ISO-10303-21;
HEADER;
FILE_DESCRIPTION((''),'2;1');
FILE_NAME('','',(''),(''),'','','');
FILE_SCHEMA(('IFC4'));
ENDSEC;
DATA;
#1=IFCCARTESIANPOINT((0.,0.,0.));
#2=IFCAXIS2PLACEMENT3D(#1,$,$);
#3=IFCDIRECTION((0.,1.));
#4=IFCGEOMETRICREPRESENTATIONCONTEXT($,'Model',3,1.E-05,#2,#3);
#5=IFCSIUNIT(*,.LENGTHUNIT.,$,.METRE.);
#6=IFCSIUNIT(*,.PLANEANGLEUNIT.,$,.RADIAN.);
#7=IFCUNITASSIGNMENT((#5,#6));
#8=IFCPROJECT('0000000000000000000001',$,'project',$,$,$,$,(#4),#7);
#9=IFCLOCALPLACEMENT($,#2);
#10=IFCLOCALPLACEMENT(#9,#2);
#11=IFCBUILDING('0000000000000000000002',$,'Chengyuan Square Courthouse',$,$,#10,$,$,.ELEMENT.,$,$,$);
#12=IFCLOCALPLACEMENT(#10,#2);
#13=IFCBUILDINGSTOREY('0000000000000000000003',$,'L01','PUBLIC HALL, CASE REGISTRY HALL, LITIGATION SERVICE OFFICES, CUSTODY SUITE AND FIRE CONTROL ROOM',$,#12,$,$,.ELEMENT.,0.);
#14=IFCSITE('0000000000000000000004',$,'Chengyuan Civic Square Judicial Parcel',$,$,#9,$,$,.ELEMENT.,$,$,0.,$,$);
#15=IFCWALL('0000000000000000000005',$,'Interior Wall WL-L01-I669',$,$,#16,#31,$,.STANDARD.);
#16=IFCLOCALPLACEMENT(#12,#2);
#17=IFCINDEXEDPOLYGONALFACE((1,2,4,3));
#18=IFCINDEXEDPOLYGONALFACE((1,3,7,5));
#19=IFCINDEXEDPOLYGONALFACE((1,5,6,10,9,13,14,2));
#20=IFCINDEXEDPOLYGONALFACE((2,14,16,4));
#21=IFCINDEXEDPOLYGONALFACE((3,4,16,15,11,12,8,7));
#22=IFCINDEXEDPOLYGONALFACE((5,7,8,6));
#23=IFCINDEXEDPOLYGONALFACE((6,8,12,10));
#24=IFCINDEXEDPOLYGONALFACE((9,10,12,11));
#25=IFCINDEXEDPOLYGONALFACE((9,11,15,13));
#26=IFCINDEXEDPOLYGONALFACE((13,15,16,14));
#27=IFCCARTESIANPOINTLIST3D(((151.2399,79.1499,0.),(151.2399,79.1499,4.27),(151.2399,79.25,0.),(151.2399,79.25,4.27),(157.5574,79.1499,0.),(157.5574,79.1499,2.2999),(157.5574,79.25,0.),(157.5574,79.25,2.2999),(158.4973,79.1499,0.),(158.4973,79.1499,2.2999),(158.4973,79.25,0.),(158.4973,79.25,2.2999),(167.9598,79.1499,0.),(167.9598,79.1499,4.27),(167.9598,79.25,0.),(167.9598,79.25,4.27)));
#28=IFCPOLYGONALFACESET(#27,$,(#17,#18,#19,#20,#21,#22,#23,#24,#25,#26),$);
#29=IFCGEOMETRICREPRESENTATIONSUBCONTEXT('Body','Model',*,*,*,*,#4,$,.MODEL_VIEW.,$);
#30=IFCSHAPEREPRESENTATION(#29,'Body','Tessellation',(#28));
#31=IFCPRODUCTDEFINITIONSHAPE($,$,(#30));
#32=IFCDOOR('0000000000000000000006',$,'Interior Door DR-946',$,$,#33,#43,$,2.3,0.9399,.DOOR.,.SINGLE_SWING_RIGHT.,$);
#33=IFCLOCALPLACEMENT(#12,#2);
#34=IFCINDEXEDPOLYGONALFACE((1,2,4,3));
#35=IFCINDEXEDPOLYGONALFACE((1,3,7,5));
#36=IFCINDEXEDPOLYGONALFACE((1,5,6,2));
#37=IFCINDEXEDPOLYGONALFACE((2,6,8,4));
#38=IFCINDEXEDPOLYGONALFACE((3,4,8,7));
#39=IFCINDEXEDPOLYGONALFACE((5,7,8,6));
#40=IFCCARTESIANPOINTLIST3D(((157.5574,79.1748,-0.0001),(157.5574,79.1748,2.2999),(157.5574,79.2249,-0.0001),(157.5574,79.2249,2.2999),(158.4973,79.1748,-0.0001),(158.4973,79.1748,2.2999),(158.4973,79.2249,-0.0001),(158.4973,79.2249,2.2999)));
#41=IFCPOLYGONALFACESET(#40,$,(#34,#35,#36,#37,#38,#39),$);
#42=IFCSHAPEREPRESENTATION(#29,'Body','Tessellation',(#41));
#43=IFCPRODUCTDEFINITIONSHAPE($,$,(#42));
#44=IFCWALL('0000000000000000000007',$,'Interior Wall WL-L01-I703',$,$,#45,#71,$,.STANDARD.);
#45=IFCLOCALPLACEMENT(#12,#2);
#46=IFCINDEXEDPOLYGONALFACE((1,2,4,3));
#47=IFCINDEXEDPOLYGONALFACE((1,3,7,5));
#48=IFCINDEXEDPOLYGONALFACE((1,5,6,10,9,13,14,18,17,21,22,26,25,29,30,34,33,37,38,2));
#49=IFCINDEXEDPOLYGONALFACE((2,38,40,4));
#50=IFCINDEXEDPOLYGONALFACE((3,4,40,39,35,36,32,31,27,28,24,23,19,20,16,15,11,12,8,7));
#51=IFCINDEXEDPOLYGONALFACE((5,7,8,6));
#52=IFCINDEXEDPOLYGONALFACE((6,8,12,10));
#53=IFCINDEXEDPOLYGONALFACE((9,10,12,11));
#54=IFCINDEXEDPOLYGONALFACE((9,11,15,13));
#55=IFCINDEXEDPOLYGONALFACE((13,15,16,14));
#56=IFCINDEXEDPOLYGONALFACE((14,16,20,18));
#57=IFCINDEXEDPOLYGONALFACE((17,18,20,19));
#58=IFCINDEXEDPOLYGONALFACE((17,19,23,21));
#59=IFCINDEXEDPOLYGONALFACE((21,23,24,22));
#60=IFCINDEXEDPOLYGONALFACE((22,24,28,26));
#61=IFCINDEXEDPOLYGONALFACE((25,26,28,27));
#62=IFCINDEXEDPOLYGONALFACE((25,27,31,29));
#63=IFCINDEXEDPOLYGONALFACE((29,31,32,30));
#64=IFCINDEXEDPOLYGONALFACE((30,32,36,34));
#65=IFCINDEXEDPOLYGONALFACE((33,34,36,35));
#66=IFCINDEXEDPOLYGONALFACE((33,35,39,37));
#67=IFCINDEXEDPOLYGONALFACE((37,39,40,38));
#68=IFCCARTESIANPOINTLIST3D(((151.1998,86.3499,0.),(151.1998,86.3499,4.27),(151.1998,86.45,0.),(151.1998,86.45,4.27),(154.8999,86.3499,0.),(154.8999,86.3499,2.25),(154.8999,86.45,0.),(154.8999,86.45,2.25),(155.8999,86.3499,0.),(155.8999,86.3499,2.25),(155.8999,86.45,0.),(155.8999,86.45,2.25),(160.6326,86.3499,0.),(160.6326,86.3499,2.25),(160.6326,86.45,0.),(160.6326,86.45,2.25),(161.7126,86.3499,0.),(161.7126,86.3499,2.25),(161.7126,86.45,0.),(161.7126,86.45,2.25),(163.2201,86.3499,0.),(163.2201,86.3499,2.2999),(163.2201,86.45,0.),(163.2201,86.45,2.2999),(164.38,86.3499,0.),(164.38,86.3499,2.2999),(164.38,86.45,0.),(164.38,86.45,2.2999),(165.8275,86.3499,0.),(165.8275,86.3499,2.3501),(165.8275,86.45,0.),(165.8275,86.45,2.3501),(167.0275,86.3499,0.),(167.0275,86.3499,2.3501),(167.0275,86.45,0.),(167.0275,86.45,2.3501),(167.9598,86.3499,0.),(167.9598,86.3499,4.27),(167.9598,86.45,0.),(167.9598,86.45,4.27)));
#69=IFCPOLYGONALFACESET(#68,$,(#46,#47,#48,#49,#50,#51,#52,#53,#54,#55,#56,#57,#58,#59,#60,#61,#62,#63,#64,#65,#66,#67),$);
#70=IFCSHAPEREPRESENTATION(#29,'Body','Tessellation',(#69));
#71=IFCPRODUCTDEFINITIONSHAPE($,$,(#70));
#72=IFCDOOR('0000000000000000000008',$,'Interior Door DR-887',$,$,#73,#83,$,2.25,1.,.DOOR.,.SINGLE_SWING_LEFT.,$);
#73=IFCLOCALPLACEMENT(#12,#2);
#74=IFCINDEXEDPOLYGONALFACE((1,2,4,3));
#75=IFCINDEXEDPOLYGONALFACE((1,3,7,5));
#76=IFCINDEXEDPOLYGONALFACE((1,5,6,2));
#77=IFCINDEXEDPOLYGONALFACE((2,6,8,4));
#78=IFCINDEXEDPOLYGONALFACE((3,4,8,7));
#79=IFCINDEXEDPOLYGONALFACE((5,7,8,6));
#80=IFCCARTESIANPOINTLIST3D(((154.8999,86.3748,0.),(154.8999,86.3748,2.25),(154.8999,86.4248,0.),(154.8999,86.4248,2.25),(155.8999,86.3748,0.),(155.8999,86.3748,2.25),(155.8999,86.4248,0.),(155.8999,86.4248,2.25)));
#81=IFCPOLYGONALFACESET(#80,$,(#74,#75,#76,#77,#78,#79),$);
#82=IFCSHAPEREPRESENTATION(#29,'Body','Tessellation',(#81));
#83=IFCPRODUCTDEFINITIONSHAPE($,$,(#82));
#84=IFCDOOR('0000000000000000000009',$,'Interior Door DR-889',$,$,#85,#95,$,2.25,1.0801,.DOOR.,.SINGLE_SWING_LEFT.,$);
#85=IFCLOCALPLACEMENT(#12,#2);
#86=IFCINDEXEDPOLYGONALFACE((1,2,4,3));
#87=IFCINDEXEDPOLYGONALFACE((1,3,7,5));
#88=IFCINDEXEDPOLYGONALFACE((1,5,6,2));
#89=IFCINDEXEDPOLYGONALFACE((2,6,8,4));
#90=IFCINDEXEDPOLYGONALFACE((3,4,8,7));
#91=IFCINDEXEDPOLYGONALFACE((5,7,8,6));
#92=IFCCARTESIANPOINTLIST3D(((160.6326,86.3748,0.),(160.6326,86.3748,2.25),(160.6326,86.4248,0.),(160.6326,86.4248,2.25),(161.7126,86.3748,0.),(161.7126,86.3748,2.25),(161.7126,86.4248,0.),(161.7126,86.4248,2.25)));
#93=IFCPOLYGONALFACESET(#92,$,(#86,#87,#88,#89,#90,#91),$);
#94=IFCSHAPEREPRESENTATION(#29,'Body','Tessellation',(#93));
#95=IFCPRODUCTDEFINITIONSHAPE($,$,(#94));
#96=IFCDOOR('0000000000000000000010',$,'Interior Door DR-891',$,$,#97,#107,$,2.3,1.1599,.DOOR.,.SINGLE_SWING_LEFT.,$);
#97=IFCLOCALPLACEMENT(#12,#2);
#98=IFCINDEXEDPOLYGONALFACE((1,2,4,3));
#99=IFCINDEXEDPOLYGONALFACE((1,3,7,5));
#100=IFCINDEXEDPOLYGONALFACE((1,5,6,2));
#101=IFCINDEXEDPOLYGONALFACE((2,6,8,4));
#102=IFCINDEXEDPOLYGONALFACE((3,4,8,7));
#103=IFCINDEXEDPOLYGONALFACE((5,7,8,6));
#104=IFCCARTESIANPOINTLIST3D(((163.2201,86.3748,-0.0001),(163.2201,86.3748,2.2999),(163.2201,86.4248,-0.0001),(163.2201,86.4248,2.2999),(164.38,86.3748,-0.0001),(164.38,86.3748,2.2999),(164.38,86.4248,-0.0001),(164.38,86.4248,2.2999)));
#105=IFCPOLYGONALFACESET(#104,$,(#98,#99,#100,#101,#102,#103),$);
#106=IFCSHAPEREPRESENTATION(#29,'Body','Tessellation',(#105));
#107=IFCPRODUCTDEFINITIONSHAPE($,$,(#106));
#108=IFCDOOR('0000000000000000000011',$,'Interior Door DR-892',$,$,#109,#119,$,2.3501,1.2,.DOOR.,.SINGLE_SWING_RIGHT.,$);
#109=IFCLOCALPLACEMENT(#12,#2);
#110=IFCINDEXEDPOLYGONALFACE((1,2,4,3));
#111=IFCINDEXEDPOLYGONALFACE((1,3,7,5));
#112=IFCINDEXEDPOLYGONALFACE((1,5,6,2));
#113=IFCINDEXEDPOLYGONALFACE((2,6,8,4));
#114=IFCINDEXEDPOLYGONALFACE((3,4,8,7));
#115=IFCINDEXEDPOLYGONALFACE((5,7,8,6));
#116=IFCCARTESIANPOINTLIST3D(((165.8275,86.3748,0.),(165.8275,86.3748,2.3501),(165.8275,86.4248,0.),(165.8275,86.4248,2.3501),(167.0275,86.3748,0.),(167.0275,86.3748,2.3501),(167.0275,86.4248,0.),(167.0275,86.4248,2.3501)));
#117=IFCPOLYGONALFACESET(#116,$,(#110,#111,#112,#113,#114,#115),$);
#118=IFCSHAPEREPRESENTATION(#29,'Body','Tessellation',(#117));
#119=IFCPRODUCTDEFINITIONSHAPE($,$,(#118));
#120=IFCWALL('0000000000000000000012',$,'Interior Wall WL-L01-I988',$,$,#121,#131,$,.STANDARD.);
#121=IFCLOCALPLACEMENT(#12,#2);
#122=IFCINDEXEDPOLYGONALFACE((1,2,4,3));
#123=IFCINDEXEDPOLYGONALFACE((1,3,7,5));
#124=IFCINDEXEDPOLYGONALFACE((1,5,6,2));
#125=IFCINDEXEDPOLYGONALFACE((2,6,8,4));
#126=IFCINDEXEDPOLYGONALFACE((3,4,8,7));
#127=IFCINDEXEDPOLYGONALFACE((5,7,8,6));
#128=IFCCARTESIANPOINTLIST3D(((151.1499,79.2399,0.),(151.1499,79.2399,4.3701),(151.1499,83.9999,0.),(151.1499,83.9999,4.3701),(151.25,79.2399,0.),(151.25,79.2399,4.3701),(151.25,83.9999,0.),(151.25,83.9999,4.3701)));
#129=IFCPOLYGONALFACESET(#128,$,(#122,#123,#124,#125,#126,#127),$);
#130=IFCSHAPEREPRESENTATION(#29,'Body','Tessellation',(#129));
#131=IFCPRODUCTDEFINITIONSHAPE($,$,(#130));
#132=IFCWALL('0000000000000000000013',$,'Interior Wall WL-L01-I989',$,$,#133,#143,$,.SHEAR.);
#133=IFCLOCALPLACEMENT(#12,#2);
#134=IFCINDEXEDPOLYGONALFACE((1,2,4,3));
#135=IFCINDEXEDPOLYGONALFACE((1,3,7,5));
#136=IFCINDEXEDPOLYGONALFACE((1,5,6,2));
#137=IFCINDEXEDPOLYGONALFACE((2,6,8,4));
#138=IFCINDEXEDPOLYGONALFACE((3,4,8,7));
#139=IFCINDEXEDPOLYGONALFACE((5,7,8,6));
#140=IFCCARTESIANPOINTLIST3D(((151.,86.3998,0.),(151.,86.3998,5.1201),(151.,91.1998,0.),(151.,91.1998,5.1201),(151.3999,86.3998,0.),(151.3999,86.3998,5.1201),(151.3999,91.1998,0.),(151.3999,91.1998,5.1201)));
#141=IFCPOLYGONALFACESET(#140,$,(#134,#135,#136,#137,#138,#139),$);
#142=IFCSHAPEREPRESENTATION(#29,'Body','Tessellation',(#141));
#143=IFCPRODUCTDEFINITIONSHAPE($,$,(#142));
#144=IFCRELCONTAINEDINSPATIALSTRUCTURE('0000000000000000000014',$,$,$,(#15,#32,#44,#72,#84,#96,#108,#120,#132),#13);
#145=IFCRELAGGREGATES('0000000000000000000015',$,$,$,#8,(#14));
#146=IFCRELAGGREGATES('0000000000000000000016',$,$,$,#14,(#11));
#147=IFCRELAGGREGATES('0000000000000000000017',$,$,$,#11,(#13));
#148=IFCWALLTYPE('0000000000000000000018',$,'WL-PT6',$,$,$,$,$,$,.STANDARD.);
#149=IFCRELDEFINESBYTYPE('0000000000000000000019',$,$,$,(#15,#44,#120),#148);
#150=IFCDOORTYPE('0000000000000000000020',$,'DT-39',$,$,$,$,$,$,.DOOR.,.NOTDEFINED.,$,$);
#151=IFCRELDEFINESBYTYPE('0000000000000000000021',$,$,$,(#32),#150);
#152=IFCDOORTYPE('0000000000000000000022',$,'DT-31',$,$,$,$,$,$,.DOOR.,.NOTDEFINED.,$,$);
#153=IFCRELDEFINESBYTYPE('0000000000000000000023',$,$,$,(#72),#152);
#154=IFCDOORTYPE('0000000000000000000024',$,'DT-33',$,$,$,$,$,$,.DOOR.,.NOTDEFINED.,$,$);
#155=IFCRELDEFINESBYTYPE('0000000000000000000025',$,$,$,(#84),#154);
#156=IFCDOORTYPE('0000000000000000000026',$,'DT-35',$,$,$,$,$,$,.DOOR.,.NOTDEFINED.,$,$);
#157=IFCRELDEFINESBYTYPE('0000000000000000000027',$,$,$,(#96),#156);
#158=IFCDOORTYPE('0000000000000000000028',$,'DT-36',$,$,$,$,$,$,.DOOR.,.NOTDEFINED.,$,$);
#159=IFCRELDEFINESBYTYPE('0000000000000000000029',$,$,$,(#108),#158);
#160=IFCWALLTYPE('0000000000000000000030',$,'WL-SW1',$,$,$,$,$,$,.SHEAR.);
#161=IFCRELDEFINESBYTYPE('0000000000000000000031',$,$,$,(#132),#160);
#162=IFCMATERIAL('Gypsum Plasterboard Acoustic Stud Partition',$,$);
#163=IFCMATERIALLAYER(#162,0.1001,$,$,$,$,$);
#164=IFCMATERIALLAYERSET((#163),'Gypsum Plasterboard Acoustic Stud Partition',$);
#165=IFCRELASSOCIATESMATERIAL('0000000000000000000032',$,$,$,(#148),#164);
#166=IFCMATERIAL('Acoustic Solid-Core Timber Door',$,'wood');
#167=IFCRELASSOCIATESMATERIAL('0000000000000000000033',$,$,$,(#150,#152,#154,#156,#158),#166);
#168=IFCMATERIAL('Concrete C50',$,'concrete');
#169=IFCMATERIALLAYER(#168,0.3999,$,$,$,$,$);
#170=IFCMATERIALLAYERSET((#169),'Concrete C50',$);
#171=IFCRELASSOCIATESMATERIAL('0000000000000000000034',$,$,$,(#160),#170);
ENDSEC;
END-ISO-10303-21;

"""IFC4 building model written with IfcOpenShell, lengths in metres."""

from ifc_helpers import new_model, si_unit, direction, frame, frame_2d, origin, place, context, subcontext, project, spatial, rectangle, extrude, material, layer, layer_set, type_object, element, fill, save


model = new_model("IFC4")

# Units and contexts
model_context = context("Model", 3, precision=1e-05, world=origin(), true_north=direction((0.0, 1.0)))
body_context = subcontext(model_context, "Body", "Model", "MODEL_VIEW")
ifc_project = project(units=[si_unit("LENGTHUNIT", "METRE"), si_unit("PLANEANGLEUNIT", "RADIAN")], contexts=[model_context])

# Site, building, storey
site_placement = place(None, origin())
site = spatial("IfcSite", under=ifc_project, at=site_placement, Name="Chengyuan Civic Square Judicial Parcel", CompositionType="ELEMENT", RefElevation=0.0)
building_placement = place(site_placement, origin())
building = spatial("IfcBuilding", under=site, at=building_placement, Name="Chengyuan Square Courthouse", CompositionType="ELEMENT")
storey_placement = place(building_placement, origin())
storey = spatial("IfcBuildingStorey", under=building, at=storey_placement, Name="L01", Description="PUBLIC HALL, CASE REGISTRY HALL, LITIGATION SERVICE OFFICES, CUSTODY SUITE AND FIRE CONTROL ROOM", CompositionType="ELEMENT", Elevation=0.0)

# Shared definitions
ifc_material_1 = material(Name="Concrete C50", Category="concrete")

# Wall, opening, door
ifc_material_2 = material(Name="Gypsum Plasterboard Acoustic Stud Partition")
ifc_layer_1 = layer(ifc_material_2, 0.1001)
ifc_layer_set_1 = layer_set([ifc_layer_1], Name="Gypsum Plasterboard Acoustic Stud Partition")
wall_type_1 = type_object("IfcWallType", Name="WL-PT6", PredefinedType="STANDARD", material=ifc_layer_set_1)
wall_1_placement = place(storey_placement, frame((151.24, 79.2, 0.0), z_axis=(0.0, 0.0, 1.0), x_axis=(1.0, 0.0, 0.0)))
wall_1 = element("IfcWall", 1, at=wall_1_placement, inside=storey, type_object=wall_type_1, Name="Interior Wall WL-L01-I669", PredefinedType="STANDARD", context=body_context, shape_type="SweptSolid", body=[
    extrude(rectangle(XDim=16.72, YDim=0.1001, at=frame_2d((8.3599, 0.0))), origin(), (0.0, 0.0, 1.0), 4.27),
])
opening_1_placement = place(wall_1_placement, frame((6.3174, 0.0, 0.0)))
opening_1 = element("IfcOpeningElement", 2, at=opening_1_placement, cuts=wall_1, PredefinedType="OPENING", context=body_context, shape_type="SweptSolid", body=[
    extrude(rectangle(XDim=0.9399, YDim=2.3, at=frame_2d((0.47, 1.1499))), frame((0.0, 0.062, 0.0), z_axis=(0.0, -1.0, 0.0), x_axis=(1.0, 0.0, 0.0)), (0.0, 0.0, 1.0), 0.124),
])
ifc_material_3 = material(Name="Acoustic Solid-Core Timber Door", Category="wood")
door_type_1 = type_object("IfcDoorType", Name="DT-39", OperationType="NOTDEFINED", PredefinedType="DOOR", material=ifc_material_3)
door_1_placement = place(opening_1_placement, origin())
door_1 = element("IfcDoor", 3, at=door_1_placement, inside=storey, type_object=door_type_1, Name="Interior Door DR-946", OperationType="SINGLE_SWING_RIGHT", OverallHeight=2.3, OverallWidth=0.9399, PredefinedType="DOOR", context=body_context, shape_type="SweptSolid", body=[
    extrude(rectangle(XDim=0.9399, YDim=2.3, at=frame_2d((0.47, 1.1499))), frame((0.0, 0.0249, 0.0), z_axis=(0.0, -1.0, 0.0), x_axis=(1.0, 0.0, 0.0)), (0.0, 0.0, 1.0), 0.05),
])
fill(opening_1, door_1)

# Wall, openings, doors
wall_2_placement = place(storey_placement, frame((151.2, 86.3999, 0.0), z_axis=(0.0, 0.0, 1.0), x_axis=(1.0, 0.0, 0.0)))
wall_2 = element("IfcWall", 4, at=wall_2_placement, inside=storey, type_object=wall_type_1, Name="Interior Wall WL-L01-I703", PredefinedType="STANDARD", context=body_context, shape_type="SweptSolid", body=[
    extrude(rectangle(XDim=16.76, YDim=0.1001, at=frame_2d((8.3799, 0.0))), origin(), (0.0, 0.0, 1.0), 4.27),
])
opening_2_placement = place(wall_2_placement, frame((3.7, 0.0, 0.0)))
opening_2 = element("IfcOpeningElement", 5, at=opening_2_placement, cuts=wall_2, PredefinedType="OPENING", context=body_context, shape_type="SweptSolid", body=[
    extrude(rectangle(XDim=1.0, YDim=2.25, at=frame_2d((0.5, 1.125))), frame((0.0, 0.062, 0.0), z_axis=(0.0, -1.0, 0.0), x_axis=(1.0, 0.0, 0.0)), (0.0, 0.0, 1.0), 0.124),
])
opening_3_placement = place(wall_2_placement, frame((9.4326, 0.0, 0.0)))
opening_3 = element("IfcOpeningElement", 6, at=opening_3_placement, cuts=wall_2, PredefinedType="OPENING", context=body_context, shape_type="SweptSolid", body=[
    extrude(rectangle(XDim=1.0801, YDim=2.25, at=frame_2d((0.54, 1.125))), frame((0.0, 0.062, 0.0), z_axis=(0.0, -1.0, 0.0), x_axis=(1.0, 0.0, 0.0)), (0.0, 0.0, 1.0), 0.124),
])
opening_4_placement = place(wall_2_placement, frame((12.02, 0.0, 0.0)))
opening_4 = element("IfcOpeningElement", 7, at=opening_4_placement, cuts=wall_2, PredefinedType="OPENING", context=body_context, shape_type="SweptSolid", body=[
    extrude(rectangle(XDim=1.1599, YDim=2.3, at=frame_2d((0.5801, 1.1499))), frame((0.0, 0.062, 0.0), z_axis=(0.0, -1.0, 0.0), x_axis=(1.0, 0.0, 0.0)), (0.0, 0.0, 1.0), 0.124),
])
opening_5_placement = place(wall_2_placement, frame((14.6274, 0.0, 0.0)))
opening_5 = element("IfcOpeningElement", 8, at=opening_5_placement, cuts=wall_2, PredefinedType="OPENING", context=body_context, shape_type="SweptSolid", body=[
    extrude(rectangle(XDim=1.2, YDim=2.3501, at=frame_2d((0.6001, 1.175))), frame((0.0, 0.062, 0.0), z_axis=(0.0, -1.0, 0.0), x_axis=(1.0, 0.0, 0.0)), (0.0, 0.0, 1.0), 0.124),
])
door_type_2 = type_object("IfcDoorType", Name="DT-31", OperationType="NOTDEFINED", PredefinedType="DOOR", material=ifc_material_3)
door_2_placement = place(opening_2_placement, origin())
door_2 = element("IfcDoor", 9, at=door_2_placement, inside=storey, type_object=door_type_2, Name="Interior Door DR-887", OperationType="SINGLE_SWING_LEFT", OverallHeight=2.25, OverallWidth=1.0, PredefinedType="DOOR", context=body_context, shape_type="SweptSolid", body=[
    extrude(rectangle(XDim=1.0, YDim=2.25, at=frame_2d((0.5, 1.125))), frame((0.0, 0.0249, 0.0), z_axis=(0.0, -1.0, 0.0), x_axis=(1.0, 0.0, 0.0)), (0.0, 0.0, 1.0), 0.05),
])
fill(opening_2, door_2)
door_type_3 = type_object("IfcDoorType", Name="DT-33", OperationType="NOTDEFINED", PredefinedType="DOOR", material=ifc_material_3)
door_3_placement = place(opening_3_placement, origin())
door_3 = element("IfcDoor", 10, at=door_3_placement, inside=storey, type_object=door_type_3, Name="Interior Door DR-889", OperationType="SINGLE_SWING_LEFT", OverallHeight=2.25, OverallWidth=1.0801, PredefinedType="DOOR", context=body_context, shape_type="SweptSolid", body=[
    extrude(rectangle(XDim=1.0801, YDim=2.25, at=frame_2d((0.54, 1.125))), frame((0.0, 0.0249, 0.0), z_axis=(0.0, -1.0, 0.0), x_axis=(1.0, 0.0, 0.0)), (0.0, 0.0, 1.0), 0.05),
])
fill(opening_3, door_3)
door_type_4 = type_object("IfcDoorType", Name="DT-35", OperationType="NOTDEFINED", PredefinedType="DOOR", material=ifc_material_3)
door_4_placement = place(opening_4_placement, origin())
door_4 = element("IfcDoor", 11, at=door_4_placement, inside=storey, type_object=door_type_4, Name="Interior Door DR-891", OperationType="SINGLE_SWING_LEFT", OverallHeight=2.3, OverallWidth=1.1599, PredefinedType="DOOR", context=body_context, shape_type="SweptSolid", body=[
    extrude(rectangle(XDim=1.1599, YDim=2.3, at=frame_2d((0.5801, 1.1499))), frame((0.0, 0.0249, 0.0), z_axis=(0.0, -1.0, 0.0), x_axis=(1.0, 0.0, 0.0)), (0.0, 0.0, 1.0), 0.05),
])
fill(opening_4, door_4)
door_type_5 = type_object("IfcDoorType", Name="DT-36", OperationType="NOTDEFINED", PredefinedType="DOOR", material=ifc_material_3)
door_5_placement = place(opening_5_placement, origin())
door_5 = element("IfcDoor", 12, at=door_5_placement, inside=storey, type_object=door_type_5, Name="Interior Door DR-892", OperationType="SINGLE_SWING_RIGHT", OverallHeight=2.3501, OverallWidth=1.2, PredefinedType="DOOR", context=body_context, shape_type="SweptSolid", body=[
    extrude(rectangle(XDim=1.2, YDim=2.3501, at=frame_2d((0.6001, 1.175))), frame((0.0, 0.0249, 0.0), z_axis=(0.0, -1.0, 0.0), x_axis=(1.0, 0.0, 0.0)), (0.0, 0.0, 1.0), 0.05),
])
fill(opening_5, door_5)

# Walls
wall_3_placement = place(storey_placement, frame((151.2, 79.24, 0.0), z_axis=(0.0, 0.0, 1.0), x_axis=(0.0, 1.0, 0.0)))
element("IfcWall", 13, at=wall_3_placement, inside=storey, type_object=wall_type_1, Name="Interior Wall WL-L01-I988", PredefinedType="STANDARD", context=body_context, shape_type="SweptSolid", body=[
    extrude(rectangle(XDim=4.76, YDim=0.1001, at=frame_2d((2.3799, 0.0))), origin(), (0.0, 0.0, 1.0), 4.3701),
])
ifc_layer_2 = layer(ifc_material_1, 0.3999)
ifc_layer_set_2 = layer_set([ifc_layer_2], Name="Concrete C50")
wall_type_2 = type_object("IfcWallType", Name="WL-SW1", PredefinedType="SHEAR", material=ifc_layer_set_2)
wall_4_placement = place(storey_placement, frame((151.2, 86.3999, 0.0), z_axis=(0.0, 0.0, 1.0), x_axis=(0.0, 1.0, 0.0)))
element("IfcWall", 14, at=wall_4_placement, inside=storey, type_object=wall_type_2, Name="Interior Wall WL-L01-I989", PredefinedType="SHEAR", context=body_context, shape_type="SweptSolid", body=[
    extrude(rectangle(XDim=4.8, YDim=0.3999, at=frame_2d((2.3999, 0.0))), origin(), (0.0, 0.0, 1.0), 5.1201),
])

save(model, "model.ifc")
